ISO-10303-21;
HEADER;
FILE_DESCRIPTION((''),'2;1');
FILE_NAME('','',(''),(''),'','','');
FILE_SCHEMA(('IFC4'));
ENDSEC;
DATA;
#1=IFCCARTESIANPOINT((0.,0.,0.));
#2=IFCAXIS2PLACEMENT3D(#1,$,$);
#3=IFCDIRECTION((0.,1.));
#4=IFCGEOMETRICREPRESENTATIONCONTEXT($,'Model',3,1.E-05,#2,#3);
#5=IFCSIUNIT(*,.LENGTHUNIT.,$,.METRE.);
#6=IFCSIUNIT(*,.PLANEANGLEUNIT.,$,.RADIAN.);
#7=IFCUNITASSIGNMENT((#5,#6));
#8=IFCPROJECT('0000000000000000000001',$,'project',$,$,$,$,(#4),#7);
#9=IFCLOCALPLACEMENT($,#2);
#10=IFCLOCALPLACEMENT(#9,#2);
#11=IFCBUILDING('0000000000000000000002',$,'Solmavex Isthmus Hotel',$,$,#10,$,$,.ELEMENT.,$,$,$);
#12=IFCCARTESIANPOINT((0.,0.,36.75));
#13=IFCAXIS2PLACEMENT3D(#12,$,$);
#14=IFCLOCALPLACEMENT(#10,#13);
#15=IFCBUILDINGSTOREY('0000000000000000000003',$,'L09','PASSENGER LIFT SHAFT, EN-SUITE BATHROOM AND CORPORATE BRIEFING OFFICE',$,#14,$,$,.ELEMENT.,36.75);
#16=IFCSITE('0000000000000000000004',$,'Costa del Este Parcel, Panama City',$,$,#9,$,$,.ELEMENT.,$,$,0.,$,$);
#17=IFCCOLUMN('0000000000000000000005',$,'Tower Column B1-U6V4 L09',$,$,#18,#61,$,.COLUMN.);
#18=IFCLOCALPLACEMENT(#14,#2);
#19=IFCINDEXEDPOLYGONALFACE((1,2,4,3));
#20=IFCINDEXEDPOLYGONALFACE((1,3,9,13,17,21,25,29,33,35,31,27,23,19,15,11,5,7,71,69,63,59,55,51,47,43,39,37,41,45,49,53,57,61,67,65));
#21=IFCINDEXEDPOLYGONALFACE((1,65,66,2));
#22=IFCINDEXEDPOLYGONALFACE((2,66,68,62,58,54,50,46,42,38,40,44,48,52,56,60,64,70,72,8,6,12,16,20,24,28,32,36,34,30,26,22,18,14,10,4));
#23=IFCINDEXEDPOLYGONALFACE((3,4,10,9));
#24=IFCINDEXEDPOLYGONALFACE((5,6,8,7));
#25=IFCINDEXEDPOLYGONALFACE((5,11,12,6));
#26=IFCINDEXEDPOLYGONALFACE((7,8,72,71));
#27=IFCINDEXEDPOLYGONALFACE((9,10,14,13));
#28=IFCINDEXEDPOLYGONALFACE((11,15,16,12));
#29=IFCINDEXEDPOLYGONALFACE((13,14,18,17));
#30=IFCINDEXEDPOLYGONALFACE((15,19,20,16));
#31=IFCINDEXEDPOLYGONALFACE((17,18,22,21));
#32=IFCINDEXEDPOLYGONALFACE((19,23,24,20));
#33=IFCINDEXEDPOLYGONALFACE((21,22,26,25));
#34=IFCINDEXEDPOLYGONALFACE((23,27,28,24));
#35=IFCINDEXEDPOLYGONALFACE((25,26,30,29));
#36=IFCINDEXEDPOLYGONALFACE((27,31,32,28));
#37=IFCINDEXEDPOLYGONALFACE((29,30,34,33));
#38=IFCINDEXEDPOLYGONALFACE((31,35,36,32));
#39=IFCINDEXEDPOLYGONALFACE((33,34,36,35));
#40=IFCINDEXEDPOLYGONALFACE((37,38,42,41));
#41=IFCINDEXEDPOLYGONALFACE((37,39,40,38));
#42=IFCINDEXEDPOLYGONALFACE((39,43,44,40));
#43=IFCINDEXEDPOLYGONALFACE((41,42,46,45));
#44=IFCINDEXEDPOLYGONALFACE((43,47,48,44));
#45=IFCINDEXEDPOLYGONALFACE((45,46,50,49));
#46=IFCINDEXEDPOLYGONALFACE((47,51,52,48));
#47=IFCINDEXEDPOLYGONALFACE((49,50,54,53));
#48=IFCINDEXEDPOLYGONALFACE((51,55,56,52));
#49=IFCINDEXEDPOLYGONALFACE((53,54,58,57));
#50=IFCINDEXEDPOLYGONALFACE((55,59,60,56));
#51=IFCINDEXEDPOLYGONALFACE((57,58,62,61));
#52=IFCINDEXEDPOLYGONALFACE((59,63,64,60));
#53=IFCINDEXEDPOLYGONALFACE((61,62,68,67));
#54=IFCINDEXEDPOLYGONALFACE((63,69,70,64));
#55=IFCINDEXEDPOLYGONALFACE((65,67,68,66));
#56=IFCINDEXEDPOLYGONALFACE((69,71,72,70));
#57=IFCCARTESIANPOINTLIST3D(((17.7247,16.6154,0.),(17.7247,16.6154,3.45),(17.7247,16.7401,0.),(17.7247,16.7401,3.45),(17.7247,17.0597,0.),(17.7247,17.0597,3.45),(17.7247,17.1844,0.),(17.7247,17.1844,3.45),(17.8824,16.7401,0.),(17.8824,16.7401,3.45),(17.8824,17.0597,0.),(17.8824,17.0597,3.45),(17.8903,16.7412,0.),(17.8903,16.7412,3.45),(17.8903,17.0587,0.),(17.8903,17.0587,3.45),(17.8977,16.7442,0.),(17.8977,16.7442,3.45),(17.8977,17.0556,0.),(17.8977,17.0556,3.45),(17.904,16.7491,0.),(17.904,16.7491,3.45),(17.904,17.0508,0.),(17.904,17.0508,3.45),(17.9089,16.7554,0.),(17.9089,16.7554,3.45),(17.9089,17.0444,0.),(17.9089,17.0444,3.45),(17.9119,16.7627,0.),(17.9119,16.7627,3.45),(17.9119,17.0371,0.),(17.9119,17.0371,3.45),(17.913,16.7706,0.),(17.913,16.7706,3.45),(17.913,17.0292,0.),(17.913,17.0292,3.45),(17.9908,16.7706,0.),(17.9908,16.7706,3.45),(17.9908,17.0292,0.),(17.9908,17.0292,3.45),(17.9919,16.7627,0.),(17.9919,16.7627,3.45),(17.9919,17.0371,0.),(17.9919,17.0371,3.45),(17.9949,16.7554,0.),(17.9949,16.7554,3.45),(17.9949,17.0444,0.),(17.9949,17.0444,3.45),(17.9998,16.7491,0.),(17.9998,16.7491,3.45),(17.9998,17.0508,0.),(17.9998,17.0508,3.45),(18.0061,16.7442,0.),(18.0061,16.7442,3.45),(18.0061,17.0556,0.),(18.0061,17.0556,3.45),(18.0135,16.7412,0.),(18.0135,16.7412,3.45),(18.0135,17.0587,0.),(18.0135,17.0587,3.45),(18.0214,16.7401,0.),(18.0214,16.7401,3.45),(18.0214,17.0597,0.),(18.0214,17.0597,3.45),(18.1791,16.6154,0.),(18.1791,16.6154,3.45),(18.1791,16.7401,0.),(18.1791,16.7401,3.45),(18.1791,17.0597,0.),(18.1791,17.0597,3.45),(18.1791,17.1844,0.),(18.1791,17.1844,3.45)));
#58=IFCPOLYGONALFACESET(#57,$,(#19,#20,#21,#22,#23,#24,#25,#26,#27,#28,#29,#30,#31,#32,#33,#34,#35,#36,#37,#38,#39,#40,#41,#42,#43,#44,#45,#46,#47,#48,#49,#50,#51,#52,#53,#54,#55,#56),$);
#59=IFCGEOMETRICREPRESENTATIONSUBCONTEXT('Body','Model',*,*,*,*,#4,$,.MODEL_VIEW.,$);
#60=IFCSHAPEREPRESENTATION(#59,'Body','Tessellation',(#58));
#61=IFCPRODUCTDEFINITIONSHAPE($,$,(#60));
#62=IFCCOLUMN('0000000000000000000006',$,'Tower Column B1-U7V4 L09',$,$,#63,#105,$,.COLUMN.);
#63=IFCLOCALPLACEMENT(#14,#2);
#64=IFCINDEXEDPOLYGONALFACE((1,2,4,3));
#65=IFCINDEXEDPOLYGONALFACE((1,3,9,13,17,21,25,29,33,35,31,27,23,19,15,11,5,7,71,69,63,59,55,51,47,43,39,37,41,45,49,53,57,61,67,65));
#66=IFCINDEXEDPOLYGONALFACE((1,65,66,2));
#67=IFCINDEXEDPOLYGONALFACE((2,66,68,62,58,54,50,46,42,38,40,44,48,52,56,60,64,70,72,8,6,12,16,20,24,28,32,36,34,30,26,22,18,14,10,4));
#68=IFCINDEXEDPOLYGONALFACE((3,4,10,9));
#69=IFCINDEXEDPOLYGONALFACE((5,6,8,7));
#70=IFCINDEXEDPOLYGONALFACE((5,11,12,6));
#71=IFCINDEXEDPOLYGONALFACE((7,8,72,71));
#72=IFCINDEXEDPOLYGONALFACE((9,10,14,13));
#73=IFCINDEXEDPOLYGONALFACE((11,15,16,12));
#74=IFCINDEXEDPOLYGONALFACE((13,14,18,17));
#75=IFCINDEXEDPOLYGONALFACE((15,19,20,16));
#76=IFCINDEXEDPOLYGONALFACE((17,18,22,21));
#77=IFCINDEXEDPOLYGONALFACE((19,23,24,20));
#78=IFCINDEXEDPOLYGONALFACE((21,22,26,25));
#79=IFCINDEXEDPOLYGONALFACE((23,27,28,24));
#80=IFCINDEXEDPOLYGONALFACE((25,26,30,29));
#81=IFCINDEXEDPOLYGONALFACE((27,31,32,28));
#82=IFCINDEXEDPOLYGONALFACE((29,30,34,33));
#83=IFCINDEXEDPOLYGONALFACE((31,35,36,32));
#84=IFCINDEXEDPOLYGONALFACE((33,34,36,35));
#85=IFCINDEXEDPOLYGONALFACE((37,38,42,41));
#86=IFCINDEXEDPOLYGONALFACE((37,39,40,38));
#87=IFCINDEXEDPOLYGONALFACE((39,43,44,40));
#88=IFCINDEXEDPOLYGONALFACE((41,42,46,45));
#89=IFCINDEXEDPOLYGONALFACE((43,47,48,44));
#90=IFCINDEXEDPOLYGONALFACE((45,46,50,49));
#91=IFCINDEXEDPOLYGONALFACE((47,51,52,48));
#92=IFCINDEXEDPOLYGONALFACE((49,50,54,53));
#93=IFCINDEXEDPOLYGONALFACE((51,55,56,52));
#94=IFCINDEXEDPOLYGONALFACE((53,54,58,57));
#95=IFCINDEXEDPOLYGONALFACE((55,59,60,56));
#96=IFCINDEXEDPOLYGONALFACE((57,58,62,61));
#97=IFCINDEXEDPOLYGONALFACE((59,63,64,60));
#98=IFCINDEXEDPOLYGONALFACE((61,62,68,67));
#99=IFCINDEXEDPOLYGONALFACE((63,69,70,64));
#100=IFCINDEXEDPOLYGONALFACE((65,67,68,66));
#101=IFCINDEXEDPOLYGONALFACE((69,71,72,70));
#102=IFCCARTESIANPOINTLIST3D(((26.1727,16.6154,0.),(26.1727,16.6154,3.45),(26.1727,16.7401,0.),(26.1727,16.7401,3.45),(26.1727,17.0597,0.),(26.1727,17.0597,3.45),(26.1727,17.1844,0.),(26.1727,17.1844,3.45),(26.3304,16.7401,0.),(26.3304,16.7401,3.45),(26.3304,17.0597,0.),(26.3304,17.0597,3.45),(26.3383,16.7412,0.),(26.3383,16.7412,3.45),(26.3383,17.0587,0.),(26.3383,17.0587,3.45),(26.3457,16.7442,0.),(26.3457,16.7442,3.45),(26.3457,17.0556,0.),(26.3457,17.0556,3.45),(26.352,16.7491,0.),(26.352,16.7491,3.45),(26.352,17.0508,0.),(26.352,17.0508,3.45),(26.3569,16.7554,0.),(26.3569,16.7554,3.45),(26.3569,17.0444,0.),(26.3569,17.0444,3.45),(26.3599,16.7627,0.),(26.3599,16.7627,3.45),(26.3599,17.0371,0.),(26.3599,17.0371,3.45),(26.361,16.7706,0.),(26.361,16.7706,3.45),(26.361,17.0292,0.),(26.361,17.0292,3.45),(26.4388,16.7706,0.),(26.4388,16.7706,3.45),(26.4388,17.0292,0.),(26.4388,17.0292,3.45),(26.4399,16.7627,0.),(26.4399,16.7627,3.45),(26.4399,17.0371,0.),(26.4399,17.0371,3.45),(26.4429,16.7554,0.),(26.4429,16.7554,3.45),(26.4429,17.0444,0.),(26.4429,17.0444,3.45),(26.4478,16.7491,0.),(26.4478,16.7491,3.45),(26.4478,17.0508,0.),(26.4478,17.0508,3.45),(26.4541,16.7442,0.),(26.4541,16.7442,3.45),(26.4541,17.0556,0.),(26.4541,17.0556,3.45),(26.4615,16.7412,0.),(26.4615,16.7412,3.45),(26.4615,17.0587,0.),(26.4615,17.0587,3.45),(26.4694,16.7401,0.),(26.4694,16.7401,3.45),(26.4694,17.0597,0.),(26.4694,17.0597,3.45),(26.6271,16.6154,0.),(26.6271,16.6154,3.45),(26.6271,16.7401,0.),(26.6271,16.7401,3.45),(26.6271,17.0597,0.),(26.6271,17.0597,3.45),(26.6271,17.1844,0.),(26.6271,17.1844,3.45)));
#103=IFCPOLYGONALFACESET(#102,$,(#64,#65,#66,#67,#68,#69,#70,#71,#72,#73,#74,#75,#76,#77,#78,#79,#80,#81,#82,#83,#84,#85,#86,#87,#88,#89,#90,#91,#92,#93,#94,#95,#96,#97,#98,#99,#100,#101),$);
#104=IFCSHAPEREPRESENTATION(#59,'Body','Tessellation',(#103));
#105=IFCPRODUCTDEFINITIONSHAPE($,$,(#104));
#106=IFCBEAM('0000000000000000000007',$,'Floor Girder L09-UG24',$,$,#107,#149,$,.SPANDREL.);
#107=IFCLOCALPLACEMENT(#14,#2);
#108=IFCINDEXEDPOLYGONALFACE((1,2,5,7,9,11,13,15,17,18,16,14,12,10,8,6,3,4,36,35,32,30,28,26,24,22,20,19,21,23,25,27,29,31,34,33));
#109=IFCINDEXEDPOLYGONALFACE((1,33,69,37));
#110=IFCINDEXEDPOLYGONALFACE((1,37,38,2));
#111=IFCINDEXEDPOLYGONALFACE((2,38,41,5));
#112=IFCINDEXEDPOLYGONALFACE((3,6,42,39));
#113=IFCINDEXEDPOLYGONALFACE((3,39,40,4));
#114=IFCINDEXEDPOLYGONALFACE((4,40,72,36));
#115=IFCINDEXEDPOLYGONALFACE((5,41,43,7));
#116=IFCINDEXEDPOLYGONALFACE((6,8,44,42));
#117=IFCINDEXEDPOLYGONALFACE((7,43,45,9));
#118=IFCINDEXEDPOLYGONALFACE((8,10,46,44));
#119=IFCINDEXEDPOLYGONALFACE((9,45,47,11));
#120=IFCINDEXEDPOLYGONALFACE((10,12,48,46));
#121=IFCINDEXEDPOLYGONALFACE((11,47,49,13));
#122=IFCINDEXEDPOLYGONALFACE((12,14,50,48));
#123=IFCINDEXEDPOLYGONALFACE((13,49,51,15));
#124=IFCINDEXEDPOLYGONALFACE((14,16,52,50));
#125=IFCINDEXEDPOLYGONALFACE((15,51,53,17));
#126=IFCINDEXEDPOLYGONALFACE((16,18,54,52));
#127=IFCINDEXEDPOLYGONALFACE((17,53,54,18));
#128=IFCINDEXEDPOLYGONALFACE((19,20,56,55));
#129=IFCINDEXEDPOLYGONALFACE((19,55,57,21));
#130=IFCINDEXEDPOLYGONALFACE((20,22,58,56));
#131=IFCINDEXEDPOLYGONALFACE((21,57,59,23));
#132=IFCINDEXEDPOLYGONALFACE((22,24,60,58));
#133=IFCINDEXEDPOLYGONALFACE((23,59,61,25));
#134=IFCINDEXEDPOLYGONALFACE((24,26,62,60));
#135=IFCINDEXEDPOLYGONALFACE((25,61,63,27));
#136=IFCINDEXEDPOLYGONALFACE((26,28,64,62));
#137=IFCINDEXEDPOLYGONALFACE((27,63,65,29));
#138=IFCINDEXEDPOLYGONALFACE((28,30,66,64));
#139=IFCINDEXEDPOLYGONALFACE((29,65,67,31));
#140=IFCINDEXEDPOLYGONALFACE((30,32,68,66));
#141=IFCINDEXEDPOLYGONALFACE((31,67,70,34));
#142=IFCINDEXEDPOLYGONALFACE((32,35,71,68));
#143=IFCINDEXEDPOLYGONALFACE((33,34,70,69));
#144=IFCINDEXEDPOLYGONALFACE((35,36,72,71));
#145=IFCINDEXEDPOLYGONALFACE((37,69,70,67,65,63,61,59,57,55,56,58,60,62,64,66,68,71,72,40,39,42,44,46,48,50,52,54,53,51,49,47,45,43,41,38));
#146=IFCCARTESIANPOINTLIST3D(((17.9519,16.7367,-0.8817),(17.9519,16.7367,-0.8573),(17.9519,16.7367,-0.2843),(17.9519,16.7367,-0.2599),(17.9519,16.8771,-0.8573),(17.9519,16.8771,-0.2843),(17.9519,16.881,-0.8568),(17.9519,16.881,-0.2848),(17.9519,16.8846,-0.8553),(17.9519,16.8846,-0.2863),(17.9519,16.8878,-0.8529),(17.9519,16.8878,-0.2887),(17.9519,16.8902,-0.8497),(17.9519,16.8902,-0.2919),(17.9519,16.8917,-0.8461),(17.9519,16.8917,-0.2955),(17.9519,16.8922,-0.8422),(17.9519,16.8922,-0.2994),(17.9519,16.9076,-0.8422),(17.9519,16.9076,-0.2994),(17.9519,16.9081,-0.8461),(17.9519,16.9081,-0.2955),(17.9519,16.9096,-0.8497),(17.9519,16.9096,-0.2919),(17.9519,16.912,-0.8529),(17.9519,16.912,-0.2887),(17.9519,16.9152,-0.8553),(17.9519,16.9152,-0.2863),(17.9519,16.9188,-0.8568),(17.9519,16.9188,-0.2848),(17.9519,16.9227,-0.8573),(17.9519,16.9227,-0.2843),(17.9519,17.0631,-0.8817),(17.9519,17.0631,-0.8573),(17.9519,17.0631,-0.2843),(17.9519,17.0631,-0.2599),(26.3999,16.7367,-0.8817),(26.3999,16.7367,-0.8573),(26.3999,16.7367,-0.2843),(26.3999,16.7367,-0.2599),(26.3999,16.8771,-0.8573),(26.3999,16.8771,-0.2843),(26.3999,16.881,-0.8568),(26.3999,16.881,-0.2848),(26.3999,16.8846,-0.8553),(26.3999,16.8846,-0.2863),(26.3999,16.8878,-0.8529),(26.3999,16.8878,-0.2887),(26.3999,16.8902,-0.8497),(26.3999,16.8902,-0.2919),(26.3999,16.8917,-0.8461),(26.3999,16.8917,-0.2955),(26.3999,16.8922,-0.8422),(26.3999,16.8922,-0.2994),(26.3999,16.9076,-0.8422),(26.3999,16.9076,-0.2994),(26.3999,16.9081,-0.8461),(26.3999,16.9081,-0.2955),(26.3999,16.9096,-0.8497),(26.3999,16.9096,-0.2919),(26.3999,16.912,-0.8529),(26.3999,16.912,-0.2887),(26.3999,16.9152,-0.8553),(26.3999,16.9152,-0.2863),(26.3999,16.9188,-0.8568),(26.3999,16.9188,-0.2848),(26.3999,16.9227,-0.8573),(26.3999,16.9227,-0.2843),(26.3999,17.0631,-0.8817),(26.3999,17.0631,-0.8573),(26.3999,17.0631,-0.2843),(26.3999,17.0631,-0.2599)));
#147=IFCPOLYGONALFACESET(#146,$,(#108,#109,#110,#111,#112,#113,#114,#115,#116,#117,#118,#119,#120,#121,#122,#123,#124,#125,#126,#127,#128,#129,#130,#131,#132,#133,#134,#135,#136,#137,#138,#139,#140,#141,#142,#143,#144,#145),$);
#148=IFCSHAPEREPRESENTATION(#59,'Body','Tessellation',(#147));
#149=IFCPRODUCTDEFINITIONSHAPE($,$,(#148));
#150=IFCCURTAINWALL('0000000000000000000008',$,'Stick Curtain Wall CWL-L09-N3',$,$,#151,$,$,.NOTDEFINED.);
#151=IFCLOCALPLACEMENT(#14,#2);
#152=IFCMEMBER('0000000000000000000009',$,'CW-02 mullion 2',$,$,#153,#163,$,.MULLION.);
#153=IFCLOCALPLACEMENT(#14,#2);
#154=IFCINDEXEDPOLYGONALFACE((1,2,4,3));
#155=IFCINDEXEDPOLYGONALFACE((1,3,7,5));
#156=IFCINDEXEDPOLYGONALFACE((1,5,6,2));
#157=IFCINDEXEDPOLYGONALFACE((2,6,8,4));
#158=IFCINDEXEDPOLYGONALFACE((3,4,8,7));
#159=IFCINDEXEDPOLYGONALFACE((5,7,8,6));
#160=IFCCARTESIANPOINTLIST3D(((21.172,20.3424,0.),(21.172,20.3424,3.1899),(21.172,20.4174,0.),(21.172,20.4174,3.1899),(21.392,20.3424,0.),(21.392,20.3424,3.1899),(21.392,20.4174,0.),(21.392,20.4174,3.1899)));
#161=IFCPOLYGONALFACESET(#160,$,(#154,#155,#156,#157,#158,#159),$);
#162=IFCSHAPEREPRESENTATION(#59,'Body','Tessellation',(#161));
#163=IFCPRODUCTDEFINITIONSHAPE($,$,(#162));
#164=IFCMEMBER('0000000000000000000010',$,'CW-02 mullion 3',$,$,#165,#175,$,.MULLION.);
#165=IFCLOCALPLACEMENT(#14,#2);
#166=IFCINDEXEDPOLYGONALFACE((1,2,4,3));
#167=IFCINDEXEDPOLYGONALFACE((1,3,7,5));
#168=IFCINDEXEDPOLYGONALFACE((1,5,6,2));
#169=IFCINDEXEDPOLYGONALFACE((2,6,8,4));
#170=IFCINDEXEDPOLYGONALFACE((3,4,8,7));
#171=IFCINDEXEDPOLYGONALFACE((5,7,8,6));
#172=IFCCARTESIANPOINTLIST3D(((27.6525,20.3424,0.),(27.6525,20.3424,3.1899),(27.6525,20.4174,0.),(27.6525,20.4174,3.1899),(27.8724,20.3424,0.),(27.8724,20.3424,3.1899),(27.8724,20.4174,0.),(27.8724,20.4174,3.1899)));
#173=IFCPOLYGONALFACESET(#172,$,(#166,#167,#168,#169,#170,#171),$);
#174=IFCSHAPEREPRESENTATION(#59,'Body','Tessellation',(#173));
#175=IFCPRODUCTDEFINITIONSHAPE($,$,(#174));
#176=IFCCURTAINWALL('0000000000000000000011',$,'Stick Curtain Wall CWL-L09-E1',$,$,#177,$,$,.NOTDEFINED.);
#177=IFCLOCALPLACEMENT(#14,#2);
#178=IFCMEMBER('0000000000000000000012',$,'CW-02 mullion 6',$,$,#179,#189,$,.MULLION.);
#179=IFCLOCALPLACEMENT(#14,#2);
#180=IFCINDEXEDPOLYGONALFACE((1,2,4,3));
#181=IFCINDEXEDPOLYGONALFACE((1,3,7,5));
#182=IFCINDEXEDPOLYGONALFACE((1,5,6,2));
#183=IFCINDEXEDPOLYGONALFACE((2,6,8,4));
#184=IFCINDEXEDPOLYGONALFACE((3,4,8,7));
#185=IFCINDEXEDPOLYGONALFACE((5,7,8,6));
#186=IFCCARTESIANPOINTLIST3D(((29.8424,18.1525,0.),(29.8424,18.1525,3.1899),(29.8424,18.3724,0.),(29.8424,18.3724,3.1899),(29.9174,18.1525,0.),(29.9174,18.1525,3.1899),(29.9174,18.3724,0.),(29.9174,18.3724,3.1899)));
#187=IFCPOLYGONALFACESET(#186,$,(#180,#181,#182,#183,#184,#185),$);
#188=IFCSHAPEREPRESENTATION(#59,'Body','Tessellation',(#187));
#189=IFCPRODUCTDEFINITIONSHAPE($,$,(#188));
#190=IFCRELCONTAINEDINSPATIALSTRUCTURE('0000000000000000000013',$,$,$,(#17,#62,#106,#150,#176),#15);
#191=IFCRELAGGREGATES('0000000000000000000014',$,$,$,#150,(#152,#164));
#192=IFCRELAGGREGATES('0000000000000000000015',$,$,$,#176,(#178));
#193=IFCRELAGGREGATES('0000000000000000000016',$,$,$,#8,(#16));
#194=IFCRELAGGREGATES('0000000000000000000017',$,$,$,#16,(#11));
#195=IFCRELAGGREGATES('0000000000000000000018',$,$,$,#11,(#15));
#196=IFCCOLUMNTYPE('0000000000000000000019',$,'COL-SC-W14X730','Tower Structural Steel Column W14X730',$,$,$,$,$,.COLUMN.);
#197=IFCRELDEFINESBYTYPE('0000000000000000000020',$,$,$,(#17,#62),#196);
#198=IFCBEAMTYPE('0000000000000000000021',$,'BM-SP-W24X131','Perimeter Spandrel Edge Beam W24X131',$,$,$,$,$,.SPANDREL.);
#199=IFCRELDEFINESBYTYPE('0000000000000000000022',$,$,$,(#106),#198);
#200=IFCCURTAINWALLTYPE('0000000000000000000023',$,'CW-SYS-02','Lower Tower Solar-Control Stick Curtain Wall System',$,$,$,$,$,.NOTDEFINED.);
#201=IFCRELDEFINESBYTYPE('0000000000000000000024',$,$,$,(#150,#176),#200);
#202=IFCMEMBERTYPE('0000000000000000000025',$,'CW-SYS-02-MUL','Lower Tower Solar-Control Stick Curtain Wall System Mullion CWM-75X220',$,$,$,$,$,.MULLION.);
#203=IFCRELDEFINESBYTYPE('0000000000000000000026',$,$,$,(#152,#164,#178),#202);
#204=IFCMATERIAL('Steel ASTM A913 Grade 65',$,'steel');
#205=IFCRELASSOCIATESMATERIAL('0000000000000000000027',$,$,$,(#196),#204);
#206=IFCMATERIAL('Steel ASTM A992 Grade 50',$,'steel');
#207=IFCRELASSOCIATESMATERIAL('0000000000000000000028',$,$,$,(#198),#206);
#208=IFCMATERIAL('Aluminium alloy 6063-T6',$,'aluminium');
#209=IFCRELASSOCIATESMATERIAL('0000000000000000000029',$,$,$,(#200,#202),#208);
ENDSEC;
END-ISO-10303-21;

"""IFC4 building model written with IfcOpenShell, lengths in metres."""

from ifc_helpers import new_model, si_unit, direction, frame, origin, origin_2d, place, context, subcontext, project, spatial, rectangle, i_section, extrude, material, material_profile, profile_set, type_object, element, aggregate, save


model = new_model("IFC4")

# Units and contexts
model_context = context("Model", 3, precision=1e-05, world=origin(), true_north=direction((0.0, 1.0)))
body_context = subcontext(model_context, "Body", "Model", "MODEL_VIEW")
ifc_project = project(units=[si_unit("LENGTHUNIT", "METRE"), si_unit("PLANEANGLEUNIT", "RADIAN")], contexts=[model_context])

# Site, building, storey
site_placement = place(None, origin())
site = spatial("IfcSite", under=ifc_project, at=site_placement, Name="Costa del Este Parcel, Panama City", CompositionType="ELEMENT", RefElevation=0.0)
building_placement = place(site_placement, origin())
building = spatial("IfcBuilding", under=site, at=building_placement, Name="Solmavex Isthmus Hotel", CompositionType="ELEMENT")
storey_placement = place(building_placement, frame((0.0, 0.0, 36.75)))
storey = spatial("IfcBuildingStorey", under=building, at=storey_placement, Name="L09", Description="PASSENGER LIFT SHAFT, EN-SUITE BATHROOM AND CORPORATE BRIEFING OFFICE", CompositionType="ELEMENT", Elevation=36.75)

# Columns
ifc_material_1 = material(Name="Steel ASTM A913 Grade 65", Category="steel")
ifc_material_profile_1 = material_profile(ifc_material_1, i_section(OverallWidth=0.4543, OverallDepth=0.5691, WebThickness=0.0779, FlangeThickness=0.1248, FilletRadius=0.0305, at=origin_2d()), Name="W14X730")
ifc_profile_set_1 = profile_set([ifc_material_profile_1], Name="Steel ASTM A913 Grade 65")
column_type = type_object("IfcColumnType", Name="COL-SC-W14X730", Description="Tower Structural Steel Column W14X730", PredefinedType="COLUMN", material=ifc_profile_set_1)
for number, where, z_axis, x_axis, name in (
    (1, (17.9519, 16.8999, 0.0), (0.0, 0.0, 1.0), (1.0, 0.0, 0.0), "Tower Column B1-U6V4 L09"),
    (2, (26.3999, 16.8999, 0.0), (0.0, 0.0, 1.0), (1.0, 0.0, 0.0), "Tower Column B1-U7V4 L09"),
):
    element("IfcColumn", number, at=place(storey_placement, frame(where, z_axis=z_axis, x_axis=x_axis)), inside=storey, type_object=column_type, Name=name, PredefinedType="COLUMN", context=body_context, shape_type="SweptSolid", body=[
        extrude(i_section(OverallWidth=0.4543, OverallDepth=0.5691, WebThickness=0.0779, FlangeThickness=0.1248, FilletRadius=0.0305, at=origin_2d()), origin(), (0.0, 0.0, 1.0), 3.45),
    ])

# Beam
ifc_material_2 = material(Name="Steel ASTM A992 Grade 50", Category="steel")
ifc_material_profile_2 = material_profile(ifc_material_2, i_section(OverallWidth=0.3264, OverallDepth=0.6218, WebThickness=0.0154, FlangeThickness=0.0244, FilletRadius=0.0151, at=origin_2d()), Name="W24X131")
ifc_profile_set_2 = profile_set([ifc_material_profile_2], Name="Steel ASTM A992 Grade 50")
beam_type = type_object("IfcBeamType", Name="BM-SP-W24X131", Description="Perimeter Spandrel Edge Beam W24X131", PredefinedType="SPANDREL", material=ifc_profile_set_2)
beam_placement = place(storey_placement, frame((17.9519, 16.8999, -0.5708), z_axis=(1.0, 0.0, 0.0), x_axis=(0.0, 1.0, 0.0)))
element("IfcBeam", 3, at=beam_placement, inside=storey, type_object=beam_type, Name="Floor Girder L09-UG24", PredefinedType="SPANDREL", context=body_context, shape_type="SweptSolid", body=[
    extrude(i_section(OverallWidth=0.3264, OverallDepth=0.6218, WebThickness=0.0154, FlangeThickness=0.0244, FilletRadius=0.0151, at=origin_2d()), origin(), (0.0, 0.0, 1.0), 8.448),
])

# Curtain wall, members
ifc_material_3 = material(Name="Aluminium alloy 6063-T6", Category="aluminium")
curtain_wall_type = type_object("IfcCurtainWallType", Name="CW-SYS-02", Description="Lower Tower Solar-Control Stick Curtain Wall System", PredefinedType="NOTDEFINED", material=ifc_material_3)
curtain_wall_1_placement = place(storey_placement, origin())
curtain_wall_1 = element("IfcCurtainWall", 4, at=curtain_wall_1_placement, inside=storey, type_object=curtain_wall_type, Name="Stick Curtain Wall CWL-L09-N3", PredefinedType="NOTDEFINED")
ifc_material_profile_3 = material_profile(ifc_material_3, rectangle(XDim=0.075, YDim=0.22, at=origin_2d()), Name="CWM-75X220")
ifc_profile_set_3 = profile_set([ifc_material_profile_3], Name="Aluminium alloy 6063-T6")
member_type_1 = type_object("IfcMemberType", Name="CW-SYS-02-MUL", Description="Lower Tower Solar-Control Stick Curtain Wall System Mullion CWM-75X220", PredefinedType="MULLION", material=ifc_profile_set_3)
member_1_placement = place(storey_placement, frame((21.282, 20.3799, 0.0), z_axis=(0.0, 0.0, 1.0), x_axis=(0.0, 1.0, 0.0)))
member_1 = element("IfcMember", 5, at=member_1_placement, type_object=member_type_1, Name="CW-02 mullion 2", PredefinedType="MULLION", context=body_context, shape_type="SweptSolid", body=[
    extrude(rectangle(XDim=0.075, YDim=0.22, at=origin_2d()), origin(), (0.0, 0.0, 1.0), 3.1899),
])
member_2_placement = place(storey_placement, frame((27.7625, 20.3799, 0.0), z_axis=(0.0, 0.0, 1.0), x_axis=(0.0, 1.0, 0.0)))
member_2 = element("IfcMember", 6, at=member_2_placement, type_object=member_type_1, Name="CW-02 mullion 3", PredefinedType="MULLION", context=body_context, shape_type="SweptSolid", body=[
    extrude(rectangle(XDim=0.075, YDim=0.22, at=origin_2d()), origin(), (0.0, 0.0, 1.0), 3.1899),
])

# Curtain wall, member
curtain_wall_2_placement = place(storey_placement, origin())
curtain_wall_2 = element("IfcCurtainWall", 7, at=curtain_wall_2_placement, inside=storey, type_object=curtain_wall_type, Name="Stick Curtain Wall CWL-L09-E1", PredefinedType="NOTDEFINED")
member_3_placement = place(storey_placement, frame((29.8799, 18.2625, 0.0), z_axis=(0.0, 0.0, 1.0), x_axis=(-1.0, 0.0, 0.0)))
member_3 = element("IfcMember", 8, at=member_3_placement, type_object=member_type_1, Name="CW-02 mullion 6", PredefinedType="MULLION", context=body_context, shape_type="SweptSolid", body=[
    extrude(rectangle(XDim=0.075, YDim=0.22, at=origin_2d()), origin(), (0.0, 0.0, 1.0), 3.1899),
])

aggregate(curtain_wall_1, [member_1, member_2])
aggregate(curtain_wall_2, [member_3])

save(model, "model.ifc")
